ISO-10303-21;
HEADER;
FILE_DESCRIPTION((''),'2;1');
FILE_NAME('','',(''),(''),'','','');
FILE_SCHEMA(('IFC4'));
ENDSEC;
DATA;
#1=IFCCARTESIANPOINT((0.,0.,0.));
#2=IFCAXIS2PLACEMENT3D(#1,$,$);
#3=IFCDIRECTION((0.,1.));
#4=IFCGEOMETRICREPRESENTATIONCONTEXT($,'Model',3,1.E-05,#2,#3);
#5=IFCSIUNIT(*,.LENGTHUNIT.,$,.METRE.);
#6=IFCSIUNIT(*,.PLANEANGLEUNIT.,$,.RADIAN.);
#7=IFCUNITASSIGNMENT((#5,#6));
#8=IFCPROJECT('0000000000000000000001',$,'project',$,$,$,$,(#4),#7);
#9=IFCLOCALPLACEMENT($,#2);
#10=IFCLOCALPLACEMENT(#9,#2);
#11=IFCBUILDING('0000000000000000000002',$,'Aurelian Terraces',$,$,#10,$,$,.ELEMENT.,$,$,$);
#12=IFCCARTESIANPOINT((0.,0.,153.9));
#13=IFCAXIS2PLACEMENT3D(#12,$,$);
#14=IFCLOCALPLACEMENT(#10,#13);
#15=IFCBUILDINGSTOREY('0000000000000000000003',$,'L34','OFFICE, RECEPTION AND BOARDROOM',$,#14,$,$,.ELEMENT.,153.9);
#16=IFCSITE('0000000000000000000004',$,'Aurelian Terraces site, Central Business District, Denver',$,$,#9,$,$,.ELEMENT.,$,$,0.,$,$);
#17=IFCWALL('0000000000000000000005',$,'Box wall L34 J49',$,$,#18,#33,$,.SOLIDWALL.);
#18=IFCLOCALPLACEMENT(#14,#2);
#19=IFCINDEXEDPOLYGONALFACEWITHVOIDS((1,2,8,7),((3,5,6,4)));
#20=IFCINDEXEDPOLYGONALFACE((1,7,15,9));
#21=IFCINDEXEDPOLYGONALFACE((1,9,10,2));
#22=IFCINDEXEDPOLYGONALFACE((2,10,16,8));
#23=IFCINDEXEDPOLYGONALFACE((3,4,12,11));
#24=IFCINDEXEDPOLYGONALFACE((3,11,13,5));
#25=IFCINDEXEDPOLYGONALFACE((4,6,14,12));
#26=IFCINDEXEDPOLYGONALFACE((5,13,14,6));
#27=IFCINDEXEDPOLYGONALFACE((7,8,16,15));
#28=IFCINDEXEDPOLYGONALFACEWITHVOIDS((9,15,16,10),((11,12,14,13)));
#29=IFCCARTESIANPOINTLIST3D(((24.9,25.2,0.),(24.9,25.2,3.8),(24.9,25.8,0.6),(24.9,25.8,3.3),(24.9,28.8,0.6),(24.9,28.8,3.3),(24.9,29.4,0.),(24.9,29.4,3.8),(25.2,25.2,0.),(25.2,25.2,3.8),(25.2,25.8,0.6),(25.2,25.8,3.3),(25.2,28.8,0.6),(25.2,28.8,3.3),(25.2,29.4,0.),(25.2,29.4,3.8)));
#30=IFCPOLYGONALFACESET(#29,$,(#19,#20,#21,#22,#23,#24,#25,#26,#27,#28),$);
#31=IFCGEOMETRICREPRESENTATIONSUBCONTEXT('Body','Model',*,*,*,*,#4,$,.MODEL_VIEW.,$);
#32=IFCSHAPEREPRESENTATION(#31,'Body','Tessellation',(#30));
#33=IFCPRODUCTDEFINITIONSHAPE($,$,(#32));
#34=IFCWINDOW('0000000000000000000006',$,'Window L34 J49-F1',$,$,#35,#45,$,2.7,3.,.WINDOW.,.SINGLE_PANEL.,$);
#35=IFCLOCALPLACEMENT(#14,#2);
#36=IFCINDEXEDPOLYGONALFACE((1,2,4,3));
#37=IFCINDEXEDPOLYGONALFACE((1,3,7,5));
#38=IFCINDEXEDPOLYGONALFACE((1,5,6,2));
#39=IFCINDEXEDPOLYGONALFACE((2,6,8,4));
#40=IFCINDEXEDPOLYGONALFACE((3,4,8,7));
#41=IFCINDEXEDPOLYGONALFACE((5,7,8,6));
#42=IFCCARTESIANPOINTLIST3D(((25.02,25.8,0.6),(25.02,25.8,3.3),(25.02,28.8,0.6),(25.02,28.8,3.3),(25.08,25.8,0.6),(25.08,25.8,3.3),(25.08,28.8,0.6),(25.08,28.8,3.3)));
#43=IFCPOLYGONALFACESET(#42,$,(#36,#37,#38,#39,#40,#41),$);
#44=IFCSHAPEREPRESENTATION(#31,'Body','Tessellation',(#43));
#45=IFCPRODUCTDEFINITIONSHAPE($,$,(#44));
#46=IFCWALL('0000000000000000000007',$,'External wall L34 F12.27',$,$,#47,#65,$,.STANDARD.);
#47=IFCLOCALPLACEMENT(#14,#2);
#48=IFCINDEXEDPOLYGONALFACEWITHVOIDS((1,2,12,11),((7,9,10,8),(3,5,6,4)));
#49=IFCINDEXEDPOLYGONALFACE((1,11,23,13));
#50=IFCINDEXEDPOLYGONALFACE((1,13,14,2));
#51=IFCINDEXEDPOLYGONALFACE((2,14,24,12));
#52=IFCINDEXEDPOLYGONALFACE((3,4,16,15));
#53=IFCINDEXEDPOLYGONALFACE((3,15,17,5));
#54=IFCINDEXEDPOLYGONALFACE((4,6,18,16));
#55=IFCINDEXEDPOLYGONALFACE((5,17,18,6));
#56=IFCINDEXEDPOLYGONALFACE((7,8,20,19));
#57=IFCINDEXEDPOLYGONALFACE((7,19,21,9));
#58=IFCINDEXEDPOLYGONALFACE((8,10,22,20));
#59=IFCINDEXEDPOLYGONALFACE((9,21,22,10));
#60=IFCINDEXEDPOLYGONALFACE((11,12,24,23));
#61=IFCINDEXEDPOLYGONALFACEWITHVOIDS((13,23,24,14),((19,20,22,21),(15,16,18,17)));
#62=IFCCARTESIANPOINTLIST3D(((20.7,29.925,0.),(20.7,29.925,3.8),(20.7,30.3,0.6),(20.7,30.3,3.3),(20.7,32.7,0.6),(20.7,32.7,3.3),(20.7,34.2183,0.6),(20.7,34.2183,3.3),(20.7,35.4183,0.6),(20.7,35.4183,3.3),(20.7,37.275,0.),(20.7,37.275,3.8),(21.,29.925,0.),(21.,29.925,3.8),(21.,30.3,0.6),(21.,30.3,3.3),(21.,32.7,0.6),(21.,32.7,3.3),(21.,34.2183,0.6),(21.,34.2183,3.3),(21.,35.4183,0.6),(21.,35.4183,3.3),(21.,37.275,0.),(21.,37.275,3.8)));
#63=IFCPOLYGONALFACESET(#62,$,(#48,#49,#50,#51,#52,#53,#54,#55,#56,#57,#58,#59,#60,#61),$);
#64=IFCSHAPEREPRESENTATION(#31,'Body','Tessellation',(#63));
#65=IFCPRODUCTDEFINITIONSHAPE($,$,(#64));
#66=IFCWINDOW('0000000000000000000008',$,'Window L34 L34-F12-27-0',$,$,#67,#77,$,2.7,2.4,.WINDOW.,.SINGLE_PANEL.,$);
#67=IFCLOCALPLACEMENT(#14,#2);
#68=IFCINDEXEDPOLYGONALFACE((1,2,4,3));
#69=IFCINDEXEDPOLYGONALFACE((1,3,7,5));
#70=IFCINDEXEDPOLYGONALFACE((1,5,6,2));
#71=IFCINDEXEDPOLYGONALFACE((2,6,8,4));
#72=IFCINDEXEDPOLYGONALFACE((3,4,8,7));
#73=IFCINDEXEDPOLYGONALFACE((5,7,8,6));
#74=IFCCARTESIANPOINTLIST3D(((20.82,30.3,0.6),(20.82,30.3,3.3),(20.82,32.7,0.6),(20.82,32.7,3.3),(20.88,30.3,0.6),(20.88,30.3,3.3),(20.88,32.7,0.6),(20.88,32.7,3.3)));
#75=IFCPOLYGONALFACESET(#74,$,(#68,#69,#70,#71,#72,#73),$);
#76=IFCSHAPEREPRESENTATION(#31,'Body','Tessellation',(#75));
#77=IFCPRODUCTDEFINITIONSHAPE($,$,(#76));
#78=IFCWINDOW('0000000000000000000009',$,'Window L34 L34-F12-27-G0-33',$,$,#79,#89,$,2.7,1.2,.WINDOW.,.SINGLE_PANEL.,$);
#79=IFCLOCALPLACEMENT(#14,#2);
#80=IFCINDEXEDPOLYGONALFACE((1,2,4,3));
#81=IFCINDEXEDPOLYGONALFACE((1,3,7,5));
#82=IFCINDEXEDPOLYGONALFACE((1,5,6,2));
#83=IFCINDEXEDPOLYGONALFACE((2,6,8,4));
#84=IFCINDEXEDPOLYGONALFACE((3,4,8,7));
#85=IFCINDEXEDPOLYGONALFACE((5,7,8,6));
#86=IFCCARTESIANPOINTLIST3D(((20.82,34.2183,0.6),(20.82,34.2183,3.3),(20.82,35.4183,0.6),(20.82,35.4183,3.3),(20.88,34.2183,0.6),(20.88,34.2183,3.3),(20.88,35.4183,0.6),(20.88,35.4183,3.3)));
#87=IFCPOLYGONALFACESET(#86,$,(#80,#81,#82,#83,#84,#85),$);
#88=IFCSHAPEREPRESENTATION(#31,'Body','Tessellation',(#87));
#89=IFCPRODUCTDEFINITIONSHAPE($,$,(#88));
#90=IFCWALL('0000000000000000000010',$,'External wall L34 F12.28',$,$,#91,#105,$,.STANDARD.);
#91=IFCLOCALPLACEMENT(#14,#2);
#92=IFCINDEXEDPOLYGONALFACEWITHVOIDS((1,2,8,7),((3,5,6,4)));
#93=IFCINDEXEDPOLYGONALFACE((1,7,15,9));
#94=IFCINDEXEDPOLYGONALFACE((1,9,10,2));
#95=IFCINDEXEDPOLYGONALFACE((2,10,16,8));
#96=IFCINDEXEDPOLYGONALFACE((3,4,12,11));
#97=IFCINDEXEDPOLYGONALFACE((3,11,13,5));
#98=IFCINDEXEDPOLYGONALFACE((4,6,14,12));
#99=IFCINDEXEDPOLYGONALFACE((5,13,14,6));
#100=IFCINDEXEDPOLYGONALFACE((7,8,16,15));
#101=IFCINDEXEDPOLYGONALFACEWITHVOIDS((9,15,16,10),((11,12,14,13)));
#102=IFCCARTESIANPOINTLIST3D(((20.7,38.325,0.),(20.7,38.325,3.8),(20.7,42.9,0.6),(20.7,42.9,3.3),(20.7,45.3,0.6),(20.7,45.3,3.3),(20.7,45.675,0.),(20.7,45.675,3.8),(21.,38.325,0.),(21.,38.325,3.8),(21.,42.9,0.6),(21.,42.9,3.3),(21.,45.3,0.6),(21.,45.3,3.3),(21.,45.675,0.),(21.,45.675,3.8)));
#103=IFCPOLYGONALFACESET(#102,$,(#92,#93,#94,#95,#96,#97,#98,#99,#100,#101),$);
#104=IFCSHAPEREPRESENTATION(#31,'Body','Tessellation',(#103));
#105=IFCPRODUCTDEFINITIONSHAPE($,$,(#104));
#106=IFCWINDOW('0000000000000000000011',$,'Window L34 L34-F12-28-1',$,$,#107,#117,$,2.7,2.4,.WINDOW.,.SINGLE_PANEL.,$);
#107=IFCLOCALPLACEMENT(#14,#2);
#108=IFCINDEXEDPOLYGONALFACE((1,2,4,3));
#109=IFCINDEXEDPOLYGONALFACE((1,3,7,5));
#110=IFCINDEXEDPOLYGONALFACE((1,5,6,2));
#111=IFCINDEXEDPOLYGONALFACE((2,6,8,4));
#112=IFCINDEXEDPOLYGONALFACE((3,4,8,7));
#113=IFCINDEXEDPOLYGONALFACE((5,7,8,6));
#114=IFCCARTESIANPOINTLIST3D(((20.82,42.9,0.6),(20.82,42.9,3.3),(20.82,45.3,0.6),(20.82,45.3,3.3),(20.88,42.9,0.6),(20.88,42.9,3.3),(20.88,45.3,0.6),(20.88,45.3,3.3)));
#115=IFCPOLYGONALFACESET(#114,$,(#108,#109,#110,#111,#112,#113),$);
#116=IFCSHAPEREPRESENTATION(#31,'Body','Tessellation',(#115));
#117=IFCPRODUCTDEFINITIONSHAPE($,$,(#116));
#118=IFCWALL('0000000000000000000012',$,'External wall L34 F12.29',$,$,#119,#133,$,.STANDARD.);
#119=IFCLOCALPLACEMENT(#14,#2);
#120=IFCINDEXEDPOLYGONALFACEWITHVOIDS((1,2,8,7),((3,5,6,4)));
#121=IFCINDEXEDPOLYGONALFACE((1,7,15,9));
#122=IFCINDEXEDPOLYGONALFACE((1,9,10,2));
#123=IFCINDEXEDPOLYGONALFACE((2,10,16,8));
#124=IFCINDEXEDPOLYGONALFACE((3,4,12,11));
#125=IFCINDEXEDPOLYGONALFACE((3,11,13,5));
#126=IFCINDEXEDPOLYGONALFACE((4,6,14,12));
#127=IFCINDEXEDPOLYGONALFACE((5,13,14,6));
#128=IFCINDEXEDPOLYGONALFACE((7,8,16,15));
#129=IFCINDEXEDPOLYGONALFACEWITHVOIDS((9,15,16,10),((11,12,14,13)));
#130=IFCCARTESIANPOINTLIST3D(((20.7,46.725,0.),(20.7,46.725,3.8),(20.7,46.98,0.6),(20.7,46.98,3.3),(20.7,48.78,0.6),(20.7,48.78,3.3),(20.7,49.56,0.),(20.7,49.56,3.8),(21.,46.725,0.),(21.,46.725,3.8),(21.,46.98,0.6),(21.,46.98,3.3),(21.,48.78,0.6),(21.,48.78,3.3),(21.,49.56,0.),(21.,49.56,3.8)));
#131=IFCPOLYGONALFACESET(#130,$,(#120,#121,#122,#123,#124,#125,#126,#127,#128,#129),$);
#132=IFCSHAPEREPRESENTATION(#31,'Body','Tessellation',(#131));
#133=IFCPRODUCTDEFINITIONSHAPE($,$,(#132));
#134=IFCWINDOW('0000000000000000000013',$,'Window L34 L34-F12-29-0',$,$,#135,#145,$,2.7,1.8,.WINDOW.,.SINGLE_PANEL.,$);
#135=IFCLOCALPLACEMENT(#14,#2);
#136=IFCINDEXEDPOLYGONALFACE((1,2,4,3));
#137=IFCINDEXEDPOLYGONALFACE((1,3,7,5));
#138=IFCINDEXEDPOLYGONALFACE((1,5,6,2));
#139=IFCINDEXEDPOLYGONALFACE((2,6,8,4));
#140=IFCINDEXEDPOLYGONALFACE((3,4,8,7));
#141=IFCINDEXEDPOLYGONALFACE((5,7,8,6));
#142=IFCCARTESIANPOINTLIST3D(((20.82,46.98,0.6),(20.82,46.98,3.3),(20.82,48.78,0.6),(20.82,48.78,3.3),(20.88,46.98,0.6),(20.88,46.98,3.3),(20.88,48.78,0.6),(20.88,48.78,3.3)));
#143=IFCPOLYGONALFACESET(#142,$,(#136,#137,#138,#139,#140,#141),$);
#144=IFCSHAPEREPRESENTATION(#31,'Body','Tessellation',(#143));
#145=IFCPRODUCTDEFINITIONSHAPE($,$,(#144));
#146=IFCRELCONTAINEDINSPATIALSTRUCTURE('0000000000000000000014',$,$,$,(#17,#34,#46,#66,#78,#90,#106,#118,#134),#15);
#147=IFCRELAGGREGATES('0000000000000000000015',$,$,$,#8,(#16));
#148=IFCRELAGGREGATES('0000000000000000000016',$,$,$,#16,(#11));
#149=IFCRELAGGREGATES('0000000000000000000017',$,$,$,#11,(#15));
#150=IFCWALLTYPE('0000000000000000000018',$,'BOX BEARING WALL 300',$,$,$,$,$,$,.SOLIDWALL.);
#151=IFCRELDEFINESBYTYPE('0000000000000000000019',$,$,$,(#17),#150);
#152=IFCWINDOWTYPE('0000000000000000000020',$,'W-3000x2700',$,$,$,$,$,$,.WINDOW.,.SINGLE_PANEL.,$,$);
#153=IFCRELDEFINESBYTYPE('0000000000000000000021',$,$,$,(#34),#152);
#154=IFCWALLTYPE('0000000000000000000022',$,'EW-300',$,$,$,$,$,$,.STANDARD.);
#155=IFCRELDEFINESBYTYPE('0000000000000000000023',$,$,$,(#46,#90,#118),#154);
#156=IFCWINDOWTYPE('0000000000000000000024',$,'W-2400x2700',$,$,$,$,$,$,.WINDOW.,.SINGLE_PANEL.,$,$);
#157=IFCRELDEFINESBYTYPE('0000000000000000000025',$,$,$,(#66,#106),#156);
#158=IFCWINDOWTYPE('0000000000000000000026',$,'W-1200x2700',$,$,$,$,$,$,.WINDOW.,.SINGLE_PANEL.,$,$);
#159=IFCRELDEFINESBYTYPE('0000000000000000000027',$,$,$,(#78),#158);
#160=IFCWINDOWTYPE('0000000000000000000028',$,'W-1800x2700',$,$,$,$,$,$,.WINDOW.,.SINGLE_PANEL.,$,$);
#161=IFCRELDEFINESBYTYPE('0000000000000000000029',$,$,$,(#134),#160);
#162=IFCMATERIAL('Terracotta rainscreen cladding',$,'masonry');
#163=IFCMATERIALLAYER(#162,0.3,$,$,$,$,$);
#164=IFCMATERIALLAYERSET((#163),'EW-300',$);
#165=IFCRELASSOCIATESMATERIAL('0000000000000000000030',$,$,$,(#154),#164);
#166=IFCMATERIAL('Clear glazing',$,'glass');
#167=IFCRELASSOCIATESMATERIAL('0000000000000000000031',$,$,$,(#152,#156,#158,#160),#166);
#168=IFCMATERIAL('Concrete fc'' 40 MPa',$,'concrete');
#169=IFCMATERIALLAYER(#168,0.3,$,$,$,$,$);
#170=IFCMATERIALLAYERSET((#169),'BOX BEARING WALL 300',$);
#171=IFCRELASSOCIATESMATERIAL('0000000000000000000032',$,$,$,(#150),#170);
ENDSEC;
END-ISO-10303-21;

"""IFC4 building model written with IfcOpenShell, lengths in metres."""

from ifc_helpers import new_model, si_unit, direction, frame, frame_2d, origin, place, context, subcontext, project, spatial, rectangle, extrude, source, transform, mapped, material, layer, layer_set, type_object, element, fill, save


model = new_model("IFC4")

# Units and contexts
model_context = context("Model", 3, precision=1e-05, world=origin(), true_north=direction((0.0, 1.0)))
body_context = subcontext(model_context, "Body", "Model", "MODEL_VIEW")
ifc_project = project(units=[si_unit("LENGTHUNIT", "METRE"), si_unit("PLANEANGLEUNIT", "RADIAN")], contexts=[model_context])

# Site, building, storey
site_placement = place(None, origin())
site = spatial("IfcSite", under=ifc_project, at=site_placement, Name="Aurelian Terraces site, Central Business District, Denver", CompositionType="ELEMENT", RefElevation=0.0)
building_placement = place(site_placement, origin())
building = spatial("IfcBuilding", under=site, at=building_placement, Name="Aurelian Terraces", CompositionType="ELEMENT")
storey_placement = place(building_placement, frame((0.0, 0.0, 153.9)))
storey = spatial("IfcBuildingStorey", under=building, at=storey_placement, Name="L34", Description="OFFICE, RECEPTION AND BOARDROOM", CompositionType="ELEMENT", Elevation=153.9)

# Wall, opening, window
ifc_material_1 = material(Name="Terracotta rainscreen cladding", Category="masonry")
ifc_layer_1 = layer(ifc_material_1, 0.3)
ifc_layer_set_1 = layer_set([ifc_layer_1], Name="EW-300")
wall_type_1 = type_object("IfcWallType", Name="EW-300", PredefinedType="STANDARD", material=ifc_layer_set_1)
shared_shape_1 = source(origin(), body_context, "Body", "SweptSolid", [
    extrude(rectangle(XDim=3.0, YDim=2.7, at=frame_2d((1.5, 1.35))), frame((0.0, 0.16, 0.0), z_axis=(0.0, -1.0, 0.0), x_axis=(1.0, 0.0, 0.0)), (0.0, 0.0, 1.0), 0.32),
])
ifc_material_2 = material(Name="Clear glazing", Category="glass")
window_type_1 = type_object("IfcWindowType", Name="W-3000x2700", PartitioningType="SINGLE_PANEL", PredefinedType="WINDOW", material=ifc_material_2)
shared_shape_2 = source(origin(), body_context, "Body", "SweptSolid", [
    extrude(rectangle(XDim=3.0, YDim=2.7, at=frame_2d((1.5, 1.35))), frame((0.0, 0.03, 0.0), z_axis=(0.0, -1.0, 0.0), x_axis=(1.0, 0.0, 0.0)), (0.0, 0.0, 1.0), 0.06),
])
ifc_material_3 = material(Name="Concrete fc' 40 MPa", Category="concrete")
window_type_2 = type_object("IfcWindowType", Name="W-2400x2700", PartitioningType="SINGLE_PANEL", PredefinedType="WINDOW", material=ifc_material_2)
shared_shape_3 = source(origin(), body_context, "Body", "SweptSolid", [
    extrude(rectangle(XDim=2.4, YDim=2.7, at=frame_2d((1.2, 1.35))), frame((0.0, 0.03, 0.0), z_axis=(0.0, -1.0, 0.0), x_axis=(1.0, 0.0, 0.0)), (0.0, 0.0, 1.0), 0.06),
])
ifc_layer_2 = layer(ifc_material_3, 0.3)
ifc_layer_set_2 = layer_set([ifc_layer_2], Name="BOX BEARING WALL 300")
wall_type_2 = type_object("IfcWallType", Name="BOX BEARING WALL 300", PredefinedType="SOLIDWALL", material=ifc_layer_set_2)
shared_shape_4 = source(origin(), body_context, "Body", "SweptSolid", [
    extrude(rectangle(XDim=4.2, YDim=0.3, at=frame_2d((2.1, 0.0))), origin(), (0.0, 0.0, 1.0), 3.8),
])
wall_1_placement = place(storey_placement, frame((25.05, 25.2, 0.0), z_axis=(0.0, 0.0, 1.0), x_axis=(0.0, 1.0, 0.0)))
wall_1 = element("IfcWall", 1, at=wall_1_placement, inside=storey, type_object=wall_type_2, Name="Box wall L34 J49", PredefinedType="SOLIDWALL", context=body_context, shape_type="MappedRepresentation", body=[
    mapped(shared_shape_4, transform((0.0, 0.0, 0.0), scale=1.0)),
])
opening_1_placement = place(wall_1_placement, frame((0.6, 0.0, 0.6)))
opening_1 = element("IfcOpeningElement", 2, at=opening_1_placement, cuts=wall_1, PredefinedType="OPENING", context=body_context, shape_type="MappedRepresentation", body=[
    mapped(shared_shape_1, transform((0.0, 0.0, 0.0), scale=1.0)),
])
window_1_placement = place(opening_1_placement, origin())
window_1 = element("IfcWindow", 3, at=window_1_placement, inside=storey, type_object=window_type_1, Name="Window L34 J49-F1", OverallHeight=2.7, OverallWidth=3.0, PartitioningType="SINGLE_PANEL", PredefinedType="WINDOW", context=body_context, shape_type="MappedRepresentation", body=[
    mapped(shared_shape_2, transform((0.0, 0.0, 0.0), scale=1.0)),
])
fill(opening_1, window_1)

# Wall, openings, windows
shared_shape_5 = source(origin(), body_context, "Body", "SweptSolid", [
    extrude(rectangle(XDim=7.35, YDim=0.3, at=frame_2d((3.675, 0.0))), origin(), (0.0, 0.0, 1.0), 3.8),
])
wall_2_placement = place(storey_placement, frame((20.85, 29.925, 0.0), z_axis=(0.0, 0.0, 1.0), x_axis=(0.0, 1.0, 0.0)))
wall_2 = element("IfcWall", 4, at=wall_2_placement, inside=storey, type_object=wall_type_1, Name="External wall L34 F12.27", PredefinedType="STANDARD", context=body_context, shape_type="MappedRepresentation", body=[
    mapped(shared_shape_5, transform((0.0, 0.0, 0.0), scale=1.0)),
])
shared_shape_6 = source(origin(), body_context, "Body", "SweptSolid", [
    extrude(rectangle(XDim=2.4, YDim=2.7, at=frame_2d((1.2, 1.35))), frame((0.0, 0.16, 0.0), z_axis=(0.0, -1.0, 0.0), x_axis=(1.0, 0.0, 0.0)), (0.0, 0.0, 1.0), 0.32),
])
opening_2_placement = place(wall_2_placement, frame((0.375, 0.0, 0.6)))
opening_2 = element("IfcOpeningElement", 5, at=opening_2_placement, cuts=wall_2, PredefinedType="OPENING", context=body_context, shape_type="MappedRepresentation", body=[
    mapped(shared_shape_6, transform((0.0, 0.0, 0.0), scale=1.0)),
])
shared_shape_7 = source(origin(), body_context, "Body", "SweptSolid", [
    extrude(rectangle(XDim=1.2, YDim=2.7, at=frame_2d((0.6, 1.35))), frame((0.0, 0.16, 0.0), z_axis=(0.0, -1.0, 0.0), x_axis=(1.0, 0.0, 0.0)), (0.0, 0.0, 1.0), 0.32),
])
opening_3_placement = place(wall_2_placement, frame((4.2933, 0.0, 0.6)))
opening_3 = element("IfcOpeningElement", 6, at=opening_3_placement, cuts=wall_2, PredefinedType="OPENING", context=body_context, shape_type="MappedRepresentation", body=[
    mapped(shared_shape_7, transform((0.0, 0.0, 0.0), scale=1.0)),
])
window_2_placement = place(opening_2_placement, origin())
window_2 = element("IfcWindow", 7, at=window_2_placement, inside=storey, type_object=window_type_2, Name="Window L34 L34-F12-27-0", OverallHeight=2.7, OverallWidth=2.4, PartitioningType="SINGLE_PANEL", PredefinedType="WINDOW", context=body_context, shape_type="MappedRepresentation", body=[
    mapped(shared_shape_3, transform((0.0, 0.0, 0.0), scale=1.0)),
])
fill(opening_2, window_2)
window_type_3 = type_object("IfcWindowType", Name="W-1200x2700", PartitioningType="SINGLE_PANEL", PredefinedType="WINDOW", material=ifc_material_2)
shared_shape_8 = source(origin(), body_context, "Body", "SweptSolid", [
    extrude(rectangle(XDim=1.2, YDim=2.7, at=frame_2d((0.6, 1.35))), frame((0.0, 0.03, 0.0), z_axis=(0.0, -1.0, 0.0), x_axis=(1.0, 0.0, 0.0)), (0.0, 0.0, 1.0), 0.06),
])
window_3_placement = place(opening_3_placement, origin())
window_3 = element("IfcWindow", 8, at=window_3_placement, inside=storey, type_object=window_type_3, Name="Window L34 L34-F12-27-G0-33", OverallHeight=2.7, OverallWidth=1.2, PartitioningType="SINGLE_PANEL", PredefinedType="WINDOW", context=body_context, shape_type="MappedRepresentation", body=[
    mapped(shared_shape_8, transform((0.0, 0.0, 0.0), scale=1.0)),
])
fill(opening_3, window_3)

# Walls, openings, windows
wall_3_placement = place(storey_placement, frame((20.85, 38.325, 0.0), z_axis=(0.0, 0.0, 1.0), x_axis=(0.0, 1.0, 0.0)))
wall_3 = element("IfcWall", 9, at=wall_3_placement, inside=storey, type_object=wall_type_1, Name="External wall L34 F12.28", PredefinedType="STANDARD", context=body_context, shape_type="MappedRepresentation", body=[
    mapped(shared_shape_5, transform((0.0, 0.0, 0.0), scale=1.0)),
])
opening_4_placement = place(wall_3_placement, frame((4.575, 0.0, 0.6)))
opening_4 = element("IfcOpeningElement", 10, at=opening_4_placement, cuts=wall_3, PredefinedType="OPENING", context=body_context, shape_type="MappedRepresentation", body=[
    mapped(shared_shape_6, transform((0.0, 0.0, 0.0), scale=1.0)),
])
window_4_placement = place(opening_4_placement, origin())
window_4 = element("IfcWindow", 11, at=window_4_placement, inside=storey, type_object=window_type_2, Name="Window L34 L34-F12-28-1", OverallHeight=2.7, OverallWidth=2.4, PartitioningType="SINGLE_PANEL", PredefinedType="WINDOW", context=body_context, shape_type="MappedRepresentation", body=[
    mapped(shared_shape_3, transform((0.0, 0.0, 0.0), scale=1.0)),
])
fill(opening_4, window_4)
shared_shape_9 = source(origin(), body_context, "Body", "SweptSolid", [
    extrude(rectangle(XDim=2.835, YDim=0.3, at=frame_2d((1.4175, 0.0))), origin(), (0.0, 0.0, 1.0), 3.8),
])
wall_4_placement = place(storey_placement, frame((20.85, 46.725, 0.0), z_axis=(0.0, 0.0, 1.0), x_axis=(0.0, 1.0, 0.0)))
wall_4 = element("IfcWall", 12, at=wall_4_placement, inside=storey, type_object=wall_type_1, Name="External wall L34 F12.29", PredefinedType="STANDARD", context=body_context, shape_type="MappedRepresentation", body=[
    mapped(shared_shape_9, transform((0.0, 0.0, 0.0), scale=1.0)),
])
shared_shape_10 = source(origin(), body_context, "Body", "SweptSolid", [
    extrude(rectangle(XDim=1.8, YDim=2.7, at=frame_2d((0.9, 1.35))), frame((0.0, 0.16, 0.0), z_axis=(0.0, -1.0, 0.0), x_axis=(1.0, 0.0, 0.0)), (0.0, 0.0, 1.0), 0.32),
])
opening_5_placement = place(wall_4_placement, frame((0.255, 0.0, 0.6)))
opening_5 = element("IfcOpeningElement", 13, at=opening_5_placement, cuts=wall_4, PredefinedType="OPENING", context=body_context, shape_type="MappedRepresentation", body=[
    mapped(shared_shape_10, transform((0.0, 0.0, 0.0), scale=1.0)),
])
window_type_4 = type_object("IfcWindowType", Name="W-1800x2700", PartitioningType="SINGLE_PANEL", PredefinedType="WINDOW", material=ifc_material_2)
shared_shape_11 = source(origin(), body_context, "Body", "SweptSolid", [
    extrude(rectangle(XDim=1.8, YDim=2.7, at=frame_2d((0.9, 1.35))), frame((0.0, 0.03, 0.0), z_axis=(0.0, -1.0, 0.0), x_axis=(1.0, 0.0, 0.0)), (0.0, 0.0, 1.0), 0.06),
])
window_5_placement = place(opening_5_placement, origin())
window_5 = element("IfcWindow", 14, at=window_5_placement, inside=storey, type_object=window_type_4, Name="Window L34 L34-F12-29-0", OverallHeight=2.7, OverallWidth=1.8, PartitioningType="SINGLE_PANEL", PredefinedType="WINDOW", context=body_context, shape_type="MappedRepresentation", body=[
    mapped(shared_shape_11, transform((0.0, 0.0, 0.0), scale=1.0)),
])
fill(opening_5, window_5)

save(model, "model.ifc")
